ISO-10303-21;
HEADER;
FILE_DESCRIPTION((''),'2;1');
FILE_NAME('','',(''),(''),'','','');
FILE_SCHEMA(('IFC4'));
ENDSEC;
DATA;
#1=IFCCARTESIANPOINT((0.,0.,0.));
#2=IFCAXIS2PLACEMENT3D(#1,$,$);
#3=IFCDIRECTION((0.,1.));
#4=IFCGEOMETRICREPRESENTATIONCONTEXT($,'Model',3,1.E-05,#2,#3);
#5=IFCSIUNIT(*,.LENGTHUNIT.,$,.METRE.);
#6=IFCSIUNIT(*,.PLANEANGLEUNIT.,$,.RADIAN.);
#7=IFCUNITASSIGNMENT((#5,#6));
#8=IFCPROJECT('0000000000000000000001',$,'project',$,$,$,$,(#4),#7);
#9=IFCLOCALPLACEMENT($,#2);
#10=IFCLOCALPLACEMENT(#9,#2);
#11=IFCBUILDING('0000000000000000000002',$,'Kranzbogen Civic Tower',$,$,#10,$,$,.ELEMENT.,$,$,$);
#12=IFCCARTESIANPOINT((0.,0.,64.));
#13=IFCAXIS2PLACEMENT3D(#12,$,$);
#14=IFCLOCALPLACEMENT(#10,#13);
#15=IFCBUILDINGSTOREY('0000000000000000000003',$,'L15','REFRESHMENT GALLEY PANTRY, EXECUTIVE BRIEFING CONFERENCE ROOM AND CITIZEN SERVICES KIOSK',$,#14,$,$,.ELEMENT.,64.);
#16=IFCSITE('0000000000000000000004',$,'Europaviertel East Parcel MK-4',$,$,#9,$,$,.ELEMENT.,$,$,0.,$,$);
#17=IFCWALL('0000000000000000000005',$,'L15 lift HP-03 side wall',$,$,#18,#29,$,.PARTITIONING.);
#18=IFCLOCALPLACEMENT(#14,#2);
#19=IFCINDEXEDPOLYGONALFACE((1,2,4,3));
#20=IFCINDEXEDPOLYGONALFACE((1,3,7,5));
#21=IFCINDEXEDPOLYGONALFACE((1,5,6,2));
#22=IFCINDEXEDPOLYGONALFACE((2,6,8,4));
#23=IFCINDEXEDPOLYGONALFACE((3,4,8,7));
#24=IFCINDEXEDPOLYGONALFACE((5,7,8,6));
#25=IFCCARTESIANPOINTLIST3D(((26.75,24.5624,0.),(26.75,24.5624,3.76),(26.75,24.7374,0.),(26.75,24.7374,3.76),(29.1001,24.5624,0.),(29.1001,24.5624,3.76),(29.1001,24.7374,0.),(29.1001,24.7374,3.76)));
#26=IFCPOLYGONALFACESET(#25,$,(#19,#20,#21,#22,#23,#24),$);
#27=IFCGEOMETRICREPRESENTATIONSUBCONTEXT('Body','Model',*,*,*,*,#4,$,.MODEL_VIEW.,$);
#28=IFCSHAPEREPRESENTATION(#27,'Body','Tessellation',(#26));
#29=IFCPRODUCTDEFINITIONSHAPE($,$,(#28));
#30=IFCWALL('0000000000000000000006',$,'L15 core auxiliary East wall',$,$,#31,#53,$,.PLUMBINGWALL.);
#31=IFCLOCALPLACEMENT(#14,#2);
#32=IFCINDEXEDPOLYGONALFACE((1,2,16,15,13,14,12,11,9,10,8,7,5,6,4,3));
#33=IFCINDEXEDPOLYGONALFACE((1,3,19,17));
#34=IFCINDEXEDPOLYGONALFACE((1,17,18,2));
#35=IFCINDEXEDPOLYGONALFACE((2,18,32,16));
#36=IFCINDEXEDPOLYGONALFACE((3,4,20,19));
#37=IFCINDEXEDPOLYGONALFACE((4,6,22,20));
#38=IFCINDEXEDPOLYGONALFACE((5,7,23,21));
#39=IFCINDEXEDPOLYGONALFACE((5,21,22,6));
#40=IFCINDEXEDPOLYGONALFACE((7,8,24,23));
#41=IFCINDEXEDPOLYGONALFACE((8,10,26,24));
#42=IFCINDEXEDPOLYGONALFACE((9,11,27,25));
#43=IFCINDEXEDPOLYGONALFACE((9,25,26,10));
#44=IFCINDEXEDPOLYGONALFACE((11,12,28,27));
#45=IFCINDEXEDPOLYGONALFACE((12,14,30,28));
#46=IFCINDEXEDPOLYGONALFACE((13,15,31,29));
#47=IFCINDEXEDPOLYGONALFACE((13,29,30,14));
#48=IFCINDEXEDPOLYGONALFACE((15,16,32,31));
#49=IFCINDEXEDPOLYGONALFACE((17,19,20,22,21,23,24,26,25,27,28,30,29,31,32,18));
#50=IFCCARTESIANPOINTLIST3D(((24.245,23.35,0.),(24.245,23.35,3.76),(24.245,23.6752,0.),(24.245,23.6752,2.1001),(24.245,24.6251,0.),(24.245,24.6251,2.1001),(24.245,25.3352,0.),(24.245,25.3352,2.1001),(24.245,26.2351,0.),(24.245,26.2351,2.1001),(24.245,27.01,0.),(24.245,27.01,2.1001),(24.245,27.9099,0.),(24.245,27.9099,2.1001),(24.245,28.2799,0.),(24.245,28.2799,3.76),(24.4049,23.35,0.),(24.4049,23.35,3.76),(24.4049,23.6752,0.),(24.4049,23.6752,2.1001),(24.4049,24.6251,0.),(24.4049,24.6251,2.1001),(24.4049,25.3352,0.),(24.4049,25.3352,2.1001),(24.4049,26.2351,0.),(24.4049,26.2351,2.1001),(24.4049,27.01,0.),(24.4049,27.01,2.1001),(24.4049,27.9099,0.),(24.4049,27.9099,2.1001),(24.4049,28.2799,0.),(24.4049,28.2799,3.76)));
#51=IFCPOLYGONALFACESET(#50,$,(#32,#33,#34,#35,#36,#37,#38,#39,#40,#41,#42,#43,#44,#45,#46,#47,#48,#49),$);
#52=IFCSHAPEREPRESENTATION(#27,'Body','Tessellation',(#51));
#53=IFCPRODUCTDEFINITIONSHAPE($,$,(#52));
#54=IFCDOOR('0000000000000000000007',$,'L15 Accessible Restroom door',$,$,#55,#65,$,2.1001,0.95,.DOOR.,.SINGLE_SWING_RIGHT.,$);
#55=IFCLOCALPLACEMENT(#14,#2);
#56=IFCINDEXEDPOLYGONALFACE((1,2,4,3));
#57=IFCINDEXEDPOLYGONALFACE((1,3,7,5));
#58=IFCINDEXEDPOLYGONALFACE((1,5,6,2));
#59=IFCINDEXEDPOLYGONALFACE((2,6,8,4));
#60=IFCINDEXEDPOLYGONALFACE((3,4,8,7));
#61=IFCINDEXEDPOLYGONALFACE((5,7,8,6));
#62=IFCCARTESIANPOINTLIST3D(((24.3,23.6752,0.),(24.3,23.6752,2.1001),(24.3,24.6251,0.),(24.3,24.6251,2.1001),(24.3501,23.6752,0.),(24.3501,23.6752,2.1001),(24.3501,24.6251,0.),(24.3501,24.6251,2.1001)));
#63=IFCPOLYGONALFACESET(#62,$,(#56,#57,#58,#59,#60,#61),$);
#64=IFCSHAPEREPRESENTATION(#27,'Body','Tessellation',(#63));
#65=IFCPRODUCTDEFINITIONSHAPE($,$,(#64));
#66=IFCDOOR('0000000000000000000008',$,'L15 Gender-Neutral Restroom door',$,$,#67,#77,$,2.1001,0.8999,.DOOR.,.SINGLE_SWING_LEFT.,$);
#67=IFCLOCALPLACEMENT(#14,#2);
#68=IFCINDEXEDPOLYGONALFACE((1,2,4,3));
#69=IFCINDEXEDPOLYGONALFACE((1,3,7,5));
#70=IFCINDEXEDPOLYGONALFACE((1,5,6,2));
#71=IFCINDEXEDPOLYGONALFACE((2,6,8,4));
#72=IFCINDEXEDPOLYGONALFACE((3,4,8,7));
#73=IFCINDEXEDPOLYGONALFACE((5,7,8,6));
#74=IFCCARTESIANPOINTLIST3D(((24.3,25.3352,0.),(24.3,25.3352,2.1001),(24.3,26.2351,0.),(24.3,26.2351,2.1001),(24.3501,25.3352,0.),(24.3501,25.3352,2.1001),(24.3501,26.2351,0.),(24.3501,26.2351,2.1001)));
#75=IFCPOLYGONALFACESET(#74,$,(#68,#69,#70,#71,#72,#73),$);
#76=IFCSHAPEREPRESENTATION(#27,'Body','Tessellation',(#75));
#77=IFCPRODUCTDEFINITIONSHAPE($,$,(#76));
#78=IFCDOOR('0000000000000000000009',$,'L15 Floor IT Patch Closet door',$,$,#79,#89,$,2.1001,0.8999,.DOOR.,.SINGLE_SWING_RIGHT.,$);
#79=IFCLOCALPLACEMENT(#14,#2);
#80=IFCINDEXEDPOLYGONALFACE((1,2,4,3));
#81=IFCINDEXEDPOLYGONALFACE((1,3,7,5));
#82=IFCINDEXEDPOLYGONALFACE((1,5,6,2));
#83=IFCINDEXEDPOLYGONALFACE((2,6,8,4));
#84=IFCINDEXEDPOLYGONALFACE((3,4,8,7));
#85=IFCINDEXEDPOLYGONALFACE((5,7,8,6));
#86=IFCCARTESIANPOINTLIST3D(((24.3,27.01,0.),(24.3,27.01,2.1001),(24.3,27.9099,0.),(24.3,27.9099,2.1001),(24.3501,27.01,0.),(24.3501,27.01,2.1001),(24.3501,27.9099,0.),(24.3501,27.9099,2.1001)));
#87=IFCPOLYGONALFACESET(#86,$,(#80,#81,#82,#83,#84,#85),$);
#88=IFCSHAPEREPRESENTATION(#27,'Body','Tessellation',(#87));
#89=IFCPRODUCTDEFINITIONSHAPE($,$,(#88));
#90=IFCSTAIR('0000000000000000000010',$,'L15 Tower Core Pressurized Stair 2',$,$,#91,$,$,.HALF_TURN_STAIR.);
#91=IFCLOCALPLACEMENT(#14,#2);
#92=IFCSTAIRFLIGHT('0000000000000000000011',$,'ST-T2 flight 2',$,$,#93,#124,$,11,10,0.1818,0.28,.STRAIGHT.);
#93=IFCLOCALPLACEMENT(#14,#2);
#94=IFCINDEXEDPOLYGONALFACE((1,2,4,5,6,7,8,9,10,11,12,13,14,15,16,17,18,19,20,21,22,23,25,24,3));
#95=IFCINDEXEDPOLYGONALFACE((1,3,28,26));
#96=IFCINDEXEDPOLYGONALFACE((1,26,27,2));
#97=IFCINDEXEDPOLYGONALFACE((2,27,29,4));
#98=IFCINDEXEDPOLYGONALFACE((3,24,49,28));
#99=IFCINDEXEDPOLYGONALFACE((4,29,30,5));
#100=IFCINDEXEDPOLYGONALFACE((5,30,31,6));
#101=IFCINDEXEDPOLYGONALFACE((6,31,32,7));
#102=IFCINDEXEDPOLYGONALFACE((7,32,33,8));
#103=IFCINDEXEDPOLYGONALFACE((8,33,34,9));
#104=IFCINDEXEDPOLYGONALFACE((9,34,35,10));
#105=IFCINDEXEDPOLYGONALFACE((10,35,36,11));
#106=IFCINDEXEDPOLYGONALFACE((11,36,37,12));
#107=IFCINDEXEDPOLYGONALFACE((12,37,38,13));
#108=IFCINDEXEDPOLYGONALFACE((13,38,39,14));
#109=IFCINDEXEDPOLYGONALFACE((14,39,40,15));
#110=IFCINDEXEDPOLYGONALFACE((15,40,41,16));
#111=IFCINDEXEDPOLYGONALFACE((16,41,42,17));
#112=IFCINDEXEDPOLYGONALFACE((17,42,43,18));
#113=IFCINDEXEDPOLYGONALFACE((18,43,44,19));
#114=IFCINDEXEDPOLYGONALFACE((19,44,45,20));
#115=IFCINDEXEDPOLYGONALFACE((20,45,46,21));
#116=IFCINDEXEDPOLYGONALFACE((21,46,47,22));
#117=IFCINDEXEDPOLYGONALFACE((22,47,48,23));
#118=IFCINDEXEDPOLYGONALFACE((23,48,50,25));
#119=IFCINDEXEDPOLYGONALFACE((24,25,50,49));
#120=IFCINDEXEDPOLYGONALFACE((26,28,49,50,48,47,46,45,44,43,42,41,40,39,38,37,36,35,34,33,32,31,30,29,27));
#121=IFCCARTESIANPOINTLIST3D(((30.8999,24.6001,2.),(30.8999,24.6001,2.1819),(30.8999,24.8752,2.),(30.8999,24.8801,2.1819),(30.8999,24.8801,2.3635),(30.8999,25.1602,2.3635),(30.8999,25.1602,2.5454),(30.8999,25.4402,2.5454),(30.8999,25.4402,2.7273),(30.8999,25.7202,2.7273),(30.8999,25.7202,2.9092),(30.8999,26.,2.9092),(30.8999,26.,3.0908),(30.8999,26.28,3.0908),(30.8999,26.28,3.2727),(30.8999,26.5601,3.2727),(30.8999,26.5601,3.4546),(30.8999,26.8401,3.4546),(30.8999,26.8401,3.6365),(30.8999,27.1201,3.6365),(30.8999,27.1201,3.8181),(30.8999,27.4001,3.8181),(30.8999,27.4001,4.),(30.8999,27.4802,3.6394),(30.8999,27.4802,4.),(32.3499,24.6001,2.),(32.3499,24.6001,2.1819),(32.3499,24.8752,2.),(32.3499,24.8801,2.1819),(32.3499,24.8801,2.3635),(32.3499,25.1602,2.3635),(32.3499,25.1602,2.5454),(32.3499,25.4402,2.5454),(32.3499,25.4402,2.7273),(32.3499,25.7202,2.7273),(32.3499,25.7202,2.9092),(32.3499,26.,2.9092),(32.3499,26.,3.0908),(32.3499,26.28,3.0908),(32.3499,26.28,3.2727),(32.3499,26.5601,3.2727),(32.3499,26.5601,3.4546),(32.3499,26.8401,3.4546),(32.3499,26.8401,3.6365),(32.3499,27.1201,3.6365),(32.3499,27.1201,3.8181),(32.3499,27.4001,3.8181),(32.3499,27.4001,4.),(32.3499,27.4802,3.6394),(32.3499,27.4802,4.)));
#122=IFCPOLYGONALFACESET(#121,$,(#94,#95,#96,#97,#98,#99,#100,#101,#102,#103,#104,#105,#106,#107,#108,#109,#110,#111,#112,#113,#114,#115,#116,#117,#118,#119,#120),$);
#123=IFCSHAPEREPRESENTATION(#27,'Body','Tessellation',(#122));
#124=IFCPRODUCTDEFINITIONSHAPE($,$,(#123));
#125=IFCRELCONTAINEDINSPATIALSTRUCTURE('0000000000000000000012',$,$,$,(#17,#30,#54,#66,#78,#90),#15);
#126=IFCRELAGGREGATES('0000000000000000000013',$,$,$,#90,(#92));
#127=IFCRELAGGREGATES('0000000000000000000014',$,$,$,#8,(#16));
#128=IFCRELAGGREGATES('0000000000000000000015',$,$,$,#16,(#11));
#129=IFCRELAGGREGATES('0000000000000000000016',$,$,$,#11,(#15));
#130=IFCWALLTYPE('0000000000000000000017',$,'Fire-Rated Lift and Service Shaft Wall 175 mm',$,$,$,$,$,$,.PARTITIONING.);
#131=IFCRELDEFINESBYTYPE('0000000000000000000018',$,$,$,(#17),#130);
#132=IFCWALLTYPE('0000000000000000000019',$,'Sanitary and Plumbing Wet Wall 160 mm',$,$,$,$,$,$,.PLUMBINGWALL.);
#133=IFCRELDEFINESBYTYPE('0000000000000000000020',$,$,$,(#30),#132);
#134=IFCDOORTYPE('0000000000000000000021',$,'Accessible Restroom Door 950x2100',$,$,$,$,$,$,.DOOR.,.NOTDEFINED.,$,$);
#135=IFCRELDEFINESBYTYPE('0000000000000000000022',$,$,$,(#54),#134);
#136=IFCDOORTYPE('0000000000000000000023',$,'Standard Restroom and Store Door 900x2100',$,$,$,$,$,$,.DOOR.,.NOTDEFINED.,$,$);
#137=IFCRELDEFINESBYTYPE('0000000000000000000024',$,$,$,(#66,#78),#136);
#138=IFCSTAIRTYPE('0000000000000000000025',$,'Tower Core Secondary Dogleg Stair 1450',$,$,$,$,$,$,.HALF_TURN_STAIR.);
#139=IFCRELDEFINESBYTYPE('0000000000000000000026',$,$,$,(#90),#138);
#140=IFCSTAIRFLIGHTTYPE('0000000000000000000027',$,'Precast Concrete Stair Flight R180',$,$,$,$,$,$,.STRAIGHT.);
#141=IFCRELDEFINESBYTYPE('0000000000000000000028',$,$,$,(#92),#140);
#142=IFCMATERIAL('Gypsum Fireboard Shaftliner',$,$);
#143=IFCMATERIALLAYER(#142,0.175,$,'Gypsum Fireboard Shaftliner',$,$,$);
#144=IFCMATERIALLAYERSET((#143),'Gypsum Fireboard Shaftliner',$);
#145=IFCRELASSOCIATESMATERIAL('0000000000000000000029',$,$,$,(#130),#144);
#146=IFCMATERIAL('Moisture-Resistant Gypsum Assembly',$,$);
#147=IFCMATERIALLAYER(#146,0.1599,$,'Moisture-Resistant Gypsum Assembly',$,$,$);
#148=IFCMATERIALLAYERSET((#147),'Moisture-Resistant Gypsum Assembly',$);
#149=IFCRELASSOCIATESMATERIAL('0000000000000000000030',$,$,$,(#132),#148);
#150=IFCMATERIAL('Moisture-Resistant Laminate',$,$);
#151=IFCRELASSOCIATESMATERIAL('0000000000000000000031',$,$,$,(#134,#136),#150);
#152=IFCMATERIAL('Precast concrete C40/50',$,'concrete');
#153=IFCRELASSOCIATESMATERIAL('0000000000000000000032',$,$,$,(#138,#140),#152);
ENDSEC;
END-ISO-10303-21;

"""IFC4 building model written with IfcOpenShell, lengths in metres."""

from ifc_helpers import new_model, si_unit, direction, frame, frame_2d, origin, place, context, subcontext, project, spatial, polyline, rectangle, outline, extrude, material, layer, layer_set, type_object, element, fill, aggregate, save


model = new_model("IFC4")

# Units and contexts
model_context = context("Model", 3, precision=1e-05, world=origin(), true_north=direction((0.0, 1.0)))
body_context = subcontext(model_context, "Body", "Model", "MODEL_VIEW")
ifc_project = project(units=[si_unit("LENGTHUNIT", "METRE"), si_unit("PLANEANGLEUNIT", "RADIAN")], contexts=[model_context])

# Site, building, storey
site_placement = place(None, origin())
site = spatial("IfcSite", under=ifc_project, at=site_placement, Name="Europaviertel East Parcel MK-4", CompositionType="ELEMENT", RefElevation=0.0)
building_placement = place(site_placement, origin())
building = spatial("IfcBuilding", under=site, at=building_placement, Name="Kranzbogen Civic Tower", CompositionType="ELEMENT")
storey_placement = place(building_placement, frame((0.0, 0.0, 64.0)))
storey = spatial("IfcBuildingStorey", under=building, at=storey_placement, Name="L15", Description="REFRESHMENT GALLEY PANTRY, EXECUTIVE BRIEFING CONFERENCE ROOM AND CITIZEN SERVICES KIOSK", CompositionType="ELEMENT", Elevation=64.0)

# Wall
ifc_material_1 = material(Name="Gypsum Fireboard Shaftliner")
ifc_layer_1 = layer(ifc_material_1, 0.175, Name="Gypsum Fireboard Shaftliner")
ifc_layer_set_1 = layer_set([ifc_layer_1], Name="Gypsum Fireboard Shaftliner")
wall_type_1 = type_object("IfcWallType", Name="Fire-Rated Lift and Service Shaft Wall 175 mm", PredefinedType="PARTITIONING", material=ifc_layer_set_1)
wall_1_placement = place(storey_placement, frame((26.75, 24.6499, 0.0), z_axis=(0.0, 0.0, 1.0), x_axis=(1.0, 0.0, 0.0)))
element("IfcWall", 1, at=wall_1_placement, inside=storey, type_object=wall_type_1, Name="L15 lift HP-03 side wall", PredefinedType="PARTITIONING", context=body_context, shape_type="SweptSolid", body=[
    extrude(rectangle(XDim=2.3501, YDim=0.175, at=frame_2d((1.175, 0.0))), origin(), (0.0, 0.0, 1.0), 3.76),
])

# Wall, openings, doors
ifc_material_2 = material(Name="Moisture-Resistant Gypsum Assembly")
ifc_layer_2 = layer(ifc_material_2, 0.1599, Name="Moisture-Resistant Gypsum Assembly")
ifc_layer_set_2 = layer_set([ifc_layer_2], Name="Moisture-Resistant Gypsum Assembly")
wall_type_2 = type_object("IfcWallType", Name="Sanitary and Plumbing Wet Wall 160 mm", PredefinedType="PLUMBINGWALL", material=ifc_layer_set_2)
wall_2_placement = place(storey_placement, frame((24.325, 23.3501, 0.0), z_axis=(0.0, 0.0, 1.0), x_axis=(0.0, 1.0, 0.0)))
wall_2 = element("IfcWall", 2, at=wall_2_placement, inside=storey, type_object=wall_type_2, Name="L15 core auxiliary East wall", PredefinedType="PLUMBINGWALL", context=body_context, shape_type="SweptSolid", body=[
    extrude(rectangle(XDim=4.9299, YDim=0.1599, at=frame_2d((2.4648, 0.0))), origin(), (0.0, 0.0, 1.0), 3.76),
])
opening_1_placement = place(wall_2_placement, frame((0.325, 0.0, 0.0)))
opening_1 = element("IfcOpeningElement", 3, at=opening_1_placement, cuts=wall_2, PredefinedType="OPENING", context=body_context, shape_type="SweptSolid", body=[
    extrude(rectangle(XDim=0.95, YDim=2.1001, at=frame_2d((0.4751, 1.05))), frame((0.0, 0.0898, 0.0), z_axis=(0.0, -1.0, 0.0), x_axis=(1.0, 0.0, 0.0)), (0.0, 0.0, 1.0), 0.1799),
])
opening_2_placement = place(wall_2_placement, frame((1.9851, 0.0, 0.0)))
opening_2 = element("IfcOpeningElement", 4, at=opening_2_placement, cuts=wall_2, PredefinedType="OPENING", context=body_context, shape_type="SweptSolid", body=[
    extrude(rectangle(XDim=0.8999, YDim=2.1001, at=frame_2d((0.45, 1.05))), frame((0.0, 0.0898, 0.0), z_axis=(0.0, -1.0, 0.0), x_axis=(1.0, 0.0, 0.0)), (0.0, 0.0, 1.0), 0.1799),
])
opening_3_placement = place(wall_2_placement, frame((3.6599, 0.0, 0.0)))
opening_3 = element("IfcOpeningElement", 5, at=opening_3_placement, cuts=wall_2, PredefinedType="OPENING", context=body_context, shape_type="SweptSolid", body=[
    extrude(rectangle(XDim=0.8999, YDim=2.1001, at=frame_2d((0.45, 1.05))), frame((0.0, 0.0898, 0.0), z_axis=(0.0, -1.0, 0.0), x_axis=(1.0, 0.0, 0.0)), (0.0, 0.0, 1.0), 0.1799),
])
ifc_material_3 = material(Name="Moisture-Resistant Laminate")
door_type_1 = type_object("IfcDoorType", Name="Accessible Restroom Door 950x2100", OperationType="NOTDEFINED", PredefinedType="DOOR", material=ifc_material_3)
door_1_placement = place(opening_1_placement, origin())
door_1 = element("IfcDoor", 6, at=door_1_placement, inside=storey, type_object=door_type_1, Name="L15 Accessible Restroom door", OperationType="SINGLE_SWING_RIGHT", OverallHeight=2.1001, OverallWidth=0.95, PredefinedType="DOOR", context=body_context, shape_type="SweptSolid", body=[
    extrude(rectangle(XDim=0.95, YDim=2.1001, at=frame_2d((0.4751, 1.05))), frame((0.0, 0.0249, 0.0), z_axis=(0.0, -1.0, 0.0), x_axis=(1.0, 0.0, 0.0)), (0.0, 0.0, 1.0), 0.05),
])
fill(opening_1, door_1)
door_type_2 = type_object("IfcDoorType", Name="Standard Restroom and Store Door 900x2100", OperationType="NOTDEFINED", PredefinedType="DOOR", material=ifc_material_3)
door_2_placement = place(opening_2_placement, origin())
door_2 = element("IfcDoor", 7, at=door_2_placement, inside=storey, type_object=door_type_2, Name="L15 Gender-Neutral Restroom door", OperationType="SINGLE_SWING_LEFT", OverallHeight=2.1001, OverallWidth=0.8999, PredefinedType="DOOR", context=body_context, shape_type="SweptSolid", body=[
    extrude(rectangle(XDim=0.8999, YDim=2.1001, at=frame_2d((0.45, 1.05))), frame((0.0, 0.0249, 0.0), z_axis=(0.0, -1.0, 0.0), x_axis=(1.0, 0.0, 0.0)), (0.0, 0.0, 1.0), 0.05),
])
fill(opening_2, door_2)
door_3_placement = place(opening_3_placement, origin())
door_3 = element("IfcDoor", 8, at=door_3_placement, inside=storey, type_object=door_type_2, Name="L15 Floor IT Patch Closet door", OperationType="SINGLE_SWING_RIGHT", OverallHeight=2.1001, OverallWidth=0.8999, PredefinedType="DOOR", context=body_context, shape_type="SweptSolid", body=[
    extrude(rectangle(XDim=0.8999, YDim=2.1001, at=frame_2d((0.45, 1.05))), frame((0.0, 0.0249, 0.0), z_axis=(0.0, -1.0, 0.0), x_axis=(1.0, 0.0, 0.0)), (0.0, 0.0, 1.0), 0.05),
])
fill(opening_3, door_3)

# Stair, stair flight
ifc_material_4 = material(Name="Precast concrete C40/50", Category="concrete")
stair_type = type_object("IfcStairType", Name="Tower Core Secondary Dogleg Stair 1450", PredefinedType="HALF_TURN_STAIR", material=ifc_material_4)
stair_placement = place(storey_placement, origin())
stair = element("IfcStair", 9, at=stair_placement, inside=storey, type_object=stair_type, Name="L15 Tower Core Pressurized Stair 2", PredefinedType="HALF_TURN_STAIR")
stair_flight_type = type_object("IfcStairFlightType", Name="Precast Concrete Stair Flight R180", PredefinedType="STRAIGHT", material=ifc_material_4)
stair_flight_placement = place(storey_placement, frame((31.625, 24.6001, 2.0), z_axis=(0.0, 0.0, 1.0), x_axis=(0.0, 1.0, 0.0)))
stair_flight = element("IfcStairFlight", 10, at=stair_flight_placement, type_object=stair_flight_type, Name="ST-T2 flight 2", NumberOfRisers=11, NumberOfTreads=10, PredefinedType="STRAIGHT", RiserHeight=0.1818, TreadLength=0.28, context=body_context, shape_type="SweptSolid", body=[
    extrude(outline(polyline([(0.0, 0.0), (0.0, 0.1819), (0.28, 0.1819), (0.28, 0.3635), (0.5601, 0.3635), (0.5601, 0.5454), (0.8401, 0.5454), (0.8401, 0.7273), (1.1201, 0.7273), (1.1201, 0.9092), (1.3999, 0.9092), (1.3999, 1.0908), (1.6799, 1.0908), (1.6799, 1.2727), (1.96, 1.2727), (1.96, 1.4546), (2.24, 1.4546), (2.24, 1.6365), (2.52, 1.6365), (2.52, 1.8181), (2.8, 1.8181), (2.8, 2.0), (2.8801, 2.0), (2.8801, 1.6394), (0.2751, 0.0), (0.0, 0.0)])), frame((0.0, 0.7251, 0.0), z_axis=(0.0, -1.0, 0.0), x_axis=(1.0, 0.0, 0.0)), (0.0, 0.0, 1.0), 1.45),
])
aggregate(stair, [stair_flight])

save(model, "model.ifc")
